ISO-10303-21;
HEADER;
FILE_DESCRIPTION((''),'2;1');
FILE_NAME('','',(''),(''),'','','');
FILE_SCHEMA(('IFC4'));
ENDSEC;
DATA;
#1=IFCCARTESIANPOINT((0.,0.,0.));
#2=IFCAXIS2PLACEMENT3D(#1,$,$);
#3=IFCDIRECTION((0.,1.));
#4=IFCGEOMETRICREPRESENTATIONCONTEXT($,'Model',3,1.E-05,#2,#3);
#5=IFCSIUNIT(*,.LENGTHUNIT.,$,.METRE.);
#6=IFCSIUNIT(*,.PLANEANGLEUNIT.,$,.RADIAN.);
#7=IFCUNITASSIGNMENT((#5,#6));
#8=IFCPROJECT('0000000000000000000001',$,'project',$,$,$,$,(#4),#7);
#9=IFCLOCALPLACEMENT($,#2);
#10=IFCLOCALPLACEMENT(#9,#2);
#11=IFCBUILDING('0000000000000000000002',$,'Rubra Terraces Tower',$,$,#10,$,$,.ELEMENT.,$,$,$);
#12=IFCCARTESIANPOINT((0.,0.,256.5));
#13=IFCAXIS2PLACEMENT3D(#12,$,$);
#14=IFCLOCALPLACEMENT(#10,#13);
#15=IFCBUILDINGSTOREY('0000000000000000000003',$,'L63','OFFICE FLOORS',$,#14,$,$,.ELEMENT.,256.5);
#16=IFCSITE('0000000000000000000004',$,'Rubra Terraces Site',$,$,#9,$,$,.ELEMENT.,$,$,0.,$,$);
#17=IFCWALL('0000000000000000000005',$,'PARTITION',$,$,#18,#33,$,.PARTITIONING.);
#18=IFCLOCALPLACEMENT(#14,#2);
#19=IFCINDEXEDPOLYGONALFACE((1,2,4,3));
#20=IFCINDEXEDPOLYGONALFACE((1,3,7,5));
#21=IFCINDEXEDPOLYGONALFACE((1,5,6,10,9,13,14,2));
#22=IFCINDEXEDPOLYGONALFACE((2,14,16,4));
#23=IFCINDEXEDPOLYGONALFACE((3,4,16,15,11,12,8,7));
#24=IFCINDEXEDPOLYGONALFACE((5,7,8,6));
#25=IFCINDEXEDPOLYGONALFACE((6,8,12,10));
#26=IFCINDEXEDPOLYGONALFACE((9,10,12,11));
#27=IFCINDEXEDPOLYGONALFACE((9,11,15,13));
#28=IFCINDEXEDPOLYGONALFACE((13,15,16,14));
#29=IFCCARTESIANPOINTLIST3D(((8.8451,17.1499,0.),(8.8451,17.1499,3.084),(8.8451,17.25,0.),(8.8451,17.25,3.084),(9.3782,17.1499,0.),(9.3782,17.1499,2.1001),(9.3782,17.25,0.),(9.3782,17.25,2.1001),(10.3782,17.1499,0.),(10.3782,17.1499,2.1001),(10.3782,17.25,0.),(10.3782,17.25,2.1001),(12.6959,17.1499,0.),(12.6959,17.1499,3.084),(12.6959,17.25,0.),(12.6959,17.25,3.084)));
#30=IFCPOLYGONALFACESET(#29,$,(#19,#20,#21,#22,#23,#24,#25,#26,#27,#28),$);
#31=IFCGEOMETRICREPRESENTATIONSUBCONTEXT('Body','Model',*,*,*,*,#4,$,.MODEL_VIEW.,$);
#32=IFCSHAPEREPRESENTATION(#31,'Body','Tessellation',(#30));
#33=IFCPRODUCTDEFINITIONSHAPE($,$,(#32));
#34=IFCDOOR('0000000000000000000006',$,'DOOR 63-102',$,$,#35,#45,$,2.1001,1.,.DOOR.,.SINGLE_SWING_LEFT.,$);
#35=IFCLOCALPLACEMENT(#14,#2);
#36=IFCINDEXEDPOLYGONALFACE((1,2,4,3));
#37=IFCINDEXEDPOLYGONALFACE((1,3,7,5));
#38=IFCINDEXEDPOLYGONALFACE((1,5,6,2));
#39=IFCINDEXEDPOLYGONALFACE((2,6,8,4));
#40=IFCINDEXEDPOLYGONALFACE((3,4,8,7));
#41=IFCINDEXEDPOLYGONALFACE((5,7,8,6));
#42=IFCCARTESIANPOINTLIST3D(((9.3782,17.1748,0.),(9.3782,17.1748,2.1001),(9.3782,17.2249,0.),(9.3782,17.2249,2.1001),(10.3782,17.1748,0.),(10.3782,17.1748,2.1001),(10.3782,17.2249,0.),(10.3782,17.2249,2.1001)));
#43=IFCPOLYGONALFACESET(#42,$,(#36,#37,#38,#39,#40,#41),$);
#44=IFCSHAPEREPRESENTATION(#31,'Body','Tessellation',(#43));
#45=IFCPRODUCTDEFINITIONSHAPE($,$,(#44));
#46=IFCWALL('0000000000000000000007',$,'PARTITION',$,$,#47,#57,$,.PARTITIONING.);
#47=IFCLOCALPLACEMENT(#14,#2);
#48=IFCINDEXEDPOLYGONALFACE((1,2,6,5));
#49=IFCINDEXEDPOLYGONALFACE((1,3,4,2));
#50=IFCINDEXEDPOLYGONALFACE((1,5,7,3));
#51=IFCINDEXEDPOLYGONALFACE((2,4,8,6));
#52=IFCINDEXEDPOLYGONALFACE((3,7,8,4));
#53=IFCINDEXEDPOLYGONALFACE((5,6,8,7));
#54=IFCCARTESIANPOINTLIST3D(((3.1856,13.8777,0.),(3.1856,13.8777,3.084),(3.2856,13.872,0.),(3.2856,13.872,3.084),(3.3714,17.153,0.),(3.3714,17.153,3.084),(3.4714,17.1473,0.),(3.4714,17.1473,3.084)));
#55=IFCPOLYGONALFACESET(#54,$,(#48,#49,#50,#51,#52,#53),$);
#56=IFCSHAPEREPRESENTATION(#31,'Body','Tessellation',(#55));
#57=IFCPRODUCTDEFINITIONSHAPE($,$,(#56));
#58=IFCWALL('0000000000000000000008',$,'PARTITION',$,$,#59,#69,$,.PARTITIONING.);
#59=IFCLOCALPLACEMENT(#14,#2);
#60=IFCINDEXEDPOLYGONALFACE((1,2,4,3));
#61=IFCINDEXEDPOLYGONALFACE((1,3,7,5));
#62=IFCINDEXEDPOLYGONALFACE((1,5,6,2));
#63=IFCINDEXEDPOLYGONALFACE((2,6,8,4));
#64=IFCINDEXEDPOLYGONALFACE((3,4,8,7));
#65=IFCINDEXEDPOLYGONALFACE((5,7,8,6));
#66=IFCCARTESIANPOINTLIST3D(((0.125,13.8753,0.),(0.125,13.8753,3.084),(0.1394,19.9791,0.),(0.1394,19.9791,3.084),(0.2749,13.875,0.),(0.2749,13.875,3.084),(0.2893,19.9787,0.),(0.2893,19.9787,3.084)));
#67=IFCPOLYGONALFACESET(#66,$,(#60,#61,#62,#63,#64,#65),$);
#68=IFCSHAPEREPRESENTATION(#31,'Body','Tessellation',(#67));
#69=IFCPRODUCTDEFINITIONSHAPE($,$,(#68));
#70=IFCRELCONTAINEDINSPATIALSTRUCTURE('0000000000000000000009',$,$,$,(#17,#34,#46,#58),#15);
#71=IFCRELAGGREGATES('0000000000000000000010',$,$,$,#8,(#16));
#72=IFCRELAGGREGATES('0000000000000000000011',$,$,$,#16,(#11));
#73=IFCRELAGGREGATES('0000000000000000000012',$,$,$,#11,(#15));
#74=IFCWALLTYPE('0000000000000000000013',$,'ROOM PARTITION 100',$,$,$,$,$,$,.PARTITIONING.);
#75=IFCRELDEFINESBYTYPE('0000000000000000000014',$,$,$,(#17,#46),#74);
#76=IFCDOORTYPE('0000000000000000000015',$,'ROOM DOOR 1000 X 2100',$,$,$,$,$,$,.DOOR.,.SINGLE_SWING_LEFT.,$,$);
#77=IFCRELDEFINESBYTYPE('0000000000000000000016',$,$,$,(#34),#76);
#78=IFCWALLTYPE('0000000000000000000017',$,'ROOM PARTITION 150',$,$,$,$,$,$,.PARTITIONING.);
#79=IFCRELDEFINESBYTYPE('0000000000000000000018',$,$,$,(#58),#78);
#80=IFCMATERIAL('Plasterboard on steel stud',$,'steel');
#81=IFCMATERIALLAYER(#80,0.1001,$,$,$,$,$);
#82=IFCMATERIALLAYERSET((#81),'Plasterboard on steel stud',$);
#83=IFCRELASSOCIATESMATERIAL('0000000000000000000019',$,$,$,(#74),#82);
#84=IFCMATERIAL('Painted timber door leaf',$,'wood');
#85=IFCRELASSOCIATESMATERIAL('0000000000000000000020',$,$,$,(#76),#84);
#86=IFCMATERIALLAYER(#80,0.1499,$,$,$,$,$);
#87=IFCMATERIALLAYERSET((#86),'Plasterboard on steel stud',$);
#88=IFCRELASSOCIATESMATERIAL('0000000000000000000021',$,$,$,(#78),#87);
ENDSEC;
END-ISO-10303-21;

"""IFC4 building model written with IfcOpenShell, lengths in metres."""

from ifc_helpers import new_model, si_unit, direction, frame, frame_2d, origin, place, context, subcontext, project, spatial, rectangle, extrude, material, layer, layer_set, type_object, element, fill, save


model = new_model("IFC4")

# Units and contexts
model_context = context("Model", 3, precision=1e-05, world=origin(), true_north=direction((0.0, 1.0)))
body_context = subcontext(model_context, "Body", "Model", "MODEL_VIEW")
ifc_project = project(units=[si_unit("LENGTHUNIT", "METRE"), si_unit("PLANEANGLEUNIT", "RADIAN")], contexts=[model_context])

# Site, building, storey
site_placement = place(None, origin())
site = spatial("IfcSite", under=ifc_project, at=site_placement, Name="Rubra Terraces Site", CompositionType="ELEMENT", RefElevation=0.0)
building_placement = place(site_placement, origin())
building = spatial("IfcBuilding", under=site, at=building_placement, Name="Rubra Terraces Tower", CompositionType="ELEMENT")
storey_placement = place(building_placement, frame((0.0, 0.0, 256.5)))
storey = spatial("IfcBuildingStorey", under=building, at=storey_placement, Name="L63", Description="OFFICE FLOORS", CompositionType="ELEMENT", Elevation=256.5)

# Wall, opening, door
ifc_material_1 = material(Name="Plasterboard on steel stud", Category="steel")
ifc_layer_1 = layer(ifc_material_1, 0.1001)
ifc_layer_set_1 = layer_set([ifc_layer_1], Name="Plasterboard on steel stud")
wall_type_1 = type_object("IfcWallType", Name="ROOM PARTITION 100", PredefinedType="PARTITIONING", material=ifc_layer_set_1)
ifc_material_2 = material(Name="Painted timber door leaf", Category="wood")
wall_1_placement = place(storey_placement, frame((8.8452, 17.2, 0.0), z_axis=(0.0, 0.0, 1.0), x_axis=(1.0, 0.0, 0.0)))
wall_1 = element("IfcWall", 1, at=wall_1_placement, inside=storey, type_object=wall_type_1, Name="PARTITION", PredefinedType="PARTITIONING", context=body_context, shape_type="SweptSolid", body=[
    extrude(rectangle(XDim=3.8508, YDim=0.1001, at=frame_2d((1.9253, 0.0))), origin(), (0.0, 0.0, 1.0), 3.084),
])
opening_1_placement = place(wall_1_placement, frame((0.533, 0.0, 0.0)))
opening_1 = element("IfcOpeningElement", 2, at=opening_1_placement, cuts=wall_1, PredefinedType="OPENING", context=body_context, shape_type="SweptSolid", body=[
    extrude(rectangle(XDim=1.0, YDim=2.1001, at=frame_2d((0.5, 1.05))), frame((0.0, 0.0601, 0.0), z_axis=(0.0, -1.0, 0.0), x_axis=(1.0, 0.0, 0.0)), (0.0, 0.0, 1.0), 0.1201),
])
door_type_1 = type_object("IfcDoorType", Name="ROOM DOOR 1000 X 2100", OperationType="SINGLE_SWING_LEFT", PredefinedType="DOOR", material=ifc_material_2)
door_1_placement = place(opening_1_placement, origin())
door_1 = element("IfcDoor", 3, at=door_1_placement, inside=storey, type_object=door_type_1, Name="DOOR 63-102", OperationType="SINGLE_SWING_LEFT", OverallHeight=2.1001, OverallWidth=1.0, PredefinedType="DOOR", context=body_context, shape_type="SweptSolid", body=[
    extrude(rectangle(XDim=1.0, YDim=2.1001, at=frame_2d((0.5, 1.05))), frame((0.0, 0.0249, 0.0), z_axis=(0.0, -1.0, 0.0), x_axis=(1.0, 0.0, 0.0)), (0.0, 0.0, 1.0), 0.05),
])
fill(opening_1, door_1)

# Walls
wall_2_placement = place(storey_placement, frame((3.2356, 13.875, 0.0), z_axis=(0.0, 0.0, 1.0), x_axis=(0.056636, 0.998395, 0.0)))
element("IfcWall", 4, at=wall_2_placement, inside=storey, type_object=wall_type_1, Name="PARTITION", PredefinedType="PARTITIONING", context=body_context, shape_type="SweptSolid", body=[
    extrude(rectangle(XDim=3.2805, YDim=0.1001, at=frame_2d((1.6401, 0.0))), origin(), (0.0, 0.0, 1.0), 3.084),
])
ifc_layer_2 = layer(ifc_material_1, 0.1499)
ifc_layer_set_2 = layer_set([ifc_layer_2], Name="Plasterboard on steel stud")
wall_type_2 = type_object("IfcWallType", Name="ROOM PARTITION 150", PredefinedType="PARTITIONING", material=ifc_layer_set_2)
wall_3_placement = place(storey_placement, frame((0.2144, 19.9788, 0.0), z_axis=(0.0, 0.0, 1.0), x_axis=(-0.00236, -0.999997, 0.0)))
element("IfcWall", 5, at=wall_3_placement, inside=storey, type_object=wall_type_2, Name="PARTITION", PredefinedType="PARTITIONING", context=body_context, shape_type="SweptSolid", body=[
    extrude(rectangle(XDim=6.1038, YDim=0.1499, at=frame_2d((3.0518, 0.0))), origin(), (0.0, 0.0, 1.0), 3.084),
])

save(model, "model.ifc")
